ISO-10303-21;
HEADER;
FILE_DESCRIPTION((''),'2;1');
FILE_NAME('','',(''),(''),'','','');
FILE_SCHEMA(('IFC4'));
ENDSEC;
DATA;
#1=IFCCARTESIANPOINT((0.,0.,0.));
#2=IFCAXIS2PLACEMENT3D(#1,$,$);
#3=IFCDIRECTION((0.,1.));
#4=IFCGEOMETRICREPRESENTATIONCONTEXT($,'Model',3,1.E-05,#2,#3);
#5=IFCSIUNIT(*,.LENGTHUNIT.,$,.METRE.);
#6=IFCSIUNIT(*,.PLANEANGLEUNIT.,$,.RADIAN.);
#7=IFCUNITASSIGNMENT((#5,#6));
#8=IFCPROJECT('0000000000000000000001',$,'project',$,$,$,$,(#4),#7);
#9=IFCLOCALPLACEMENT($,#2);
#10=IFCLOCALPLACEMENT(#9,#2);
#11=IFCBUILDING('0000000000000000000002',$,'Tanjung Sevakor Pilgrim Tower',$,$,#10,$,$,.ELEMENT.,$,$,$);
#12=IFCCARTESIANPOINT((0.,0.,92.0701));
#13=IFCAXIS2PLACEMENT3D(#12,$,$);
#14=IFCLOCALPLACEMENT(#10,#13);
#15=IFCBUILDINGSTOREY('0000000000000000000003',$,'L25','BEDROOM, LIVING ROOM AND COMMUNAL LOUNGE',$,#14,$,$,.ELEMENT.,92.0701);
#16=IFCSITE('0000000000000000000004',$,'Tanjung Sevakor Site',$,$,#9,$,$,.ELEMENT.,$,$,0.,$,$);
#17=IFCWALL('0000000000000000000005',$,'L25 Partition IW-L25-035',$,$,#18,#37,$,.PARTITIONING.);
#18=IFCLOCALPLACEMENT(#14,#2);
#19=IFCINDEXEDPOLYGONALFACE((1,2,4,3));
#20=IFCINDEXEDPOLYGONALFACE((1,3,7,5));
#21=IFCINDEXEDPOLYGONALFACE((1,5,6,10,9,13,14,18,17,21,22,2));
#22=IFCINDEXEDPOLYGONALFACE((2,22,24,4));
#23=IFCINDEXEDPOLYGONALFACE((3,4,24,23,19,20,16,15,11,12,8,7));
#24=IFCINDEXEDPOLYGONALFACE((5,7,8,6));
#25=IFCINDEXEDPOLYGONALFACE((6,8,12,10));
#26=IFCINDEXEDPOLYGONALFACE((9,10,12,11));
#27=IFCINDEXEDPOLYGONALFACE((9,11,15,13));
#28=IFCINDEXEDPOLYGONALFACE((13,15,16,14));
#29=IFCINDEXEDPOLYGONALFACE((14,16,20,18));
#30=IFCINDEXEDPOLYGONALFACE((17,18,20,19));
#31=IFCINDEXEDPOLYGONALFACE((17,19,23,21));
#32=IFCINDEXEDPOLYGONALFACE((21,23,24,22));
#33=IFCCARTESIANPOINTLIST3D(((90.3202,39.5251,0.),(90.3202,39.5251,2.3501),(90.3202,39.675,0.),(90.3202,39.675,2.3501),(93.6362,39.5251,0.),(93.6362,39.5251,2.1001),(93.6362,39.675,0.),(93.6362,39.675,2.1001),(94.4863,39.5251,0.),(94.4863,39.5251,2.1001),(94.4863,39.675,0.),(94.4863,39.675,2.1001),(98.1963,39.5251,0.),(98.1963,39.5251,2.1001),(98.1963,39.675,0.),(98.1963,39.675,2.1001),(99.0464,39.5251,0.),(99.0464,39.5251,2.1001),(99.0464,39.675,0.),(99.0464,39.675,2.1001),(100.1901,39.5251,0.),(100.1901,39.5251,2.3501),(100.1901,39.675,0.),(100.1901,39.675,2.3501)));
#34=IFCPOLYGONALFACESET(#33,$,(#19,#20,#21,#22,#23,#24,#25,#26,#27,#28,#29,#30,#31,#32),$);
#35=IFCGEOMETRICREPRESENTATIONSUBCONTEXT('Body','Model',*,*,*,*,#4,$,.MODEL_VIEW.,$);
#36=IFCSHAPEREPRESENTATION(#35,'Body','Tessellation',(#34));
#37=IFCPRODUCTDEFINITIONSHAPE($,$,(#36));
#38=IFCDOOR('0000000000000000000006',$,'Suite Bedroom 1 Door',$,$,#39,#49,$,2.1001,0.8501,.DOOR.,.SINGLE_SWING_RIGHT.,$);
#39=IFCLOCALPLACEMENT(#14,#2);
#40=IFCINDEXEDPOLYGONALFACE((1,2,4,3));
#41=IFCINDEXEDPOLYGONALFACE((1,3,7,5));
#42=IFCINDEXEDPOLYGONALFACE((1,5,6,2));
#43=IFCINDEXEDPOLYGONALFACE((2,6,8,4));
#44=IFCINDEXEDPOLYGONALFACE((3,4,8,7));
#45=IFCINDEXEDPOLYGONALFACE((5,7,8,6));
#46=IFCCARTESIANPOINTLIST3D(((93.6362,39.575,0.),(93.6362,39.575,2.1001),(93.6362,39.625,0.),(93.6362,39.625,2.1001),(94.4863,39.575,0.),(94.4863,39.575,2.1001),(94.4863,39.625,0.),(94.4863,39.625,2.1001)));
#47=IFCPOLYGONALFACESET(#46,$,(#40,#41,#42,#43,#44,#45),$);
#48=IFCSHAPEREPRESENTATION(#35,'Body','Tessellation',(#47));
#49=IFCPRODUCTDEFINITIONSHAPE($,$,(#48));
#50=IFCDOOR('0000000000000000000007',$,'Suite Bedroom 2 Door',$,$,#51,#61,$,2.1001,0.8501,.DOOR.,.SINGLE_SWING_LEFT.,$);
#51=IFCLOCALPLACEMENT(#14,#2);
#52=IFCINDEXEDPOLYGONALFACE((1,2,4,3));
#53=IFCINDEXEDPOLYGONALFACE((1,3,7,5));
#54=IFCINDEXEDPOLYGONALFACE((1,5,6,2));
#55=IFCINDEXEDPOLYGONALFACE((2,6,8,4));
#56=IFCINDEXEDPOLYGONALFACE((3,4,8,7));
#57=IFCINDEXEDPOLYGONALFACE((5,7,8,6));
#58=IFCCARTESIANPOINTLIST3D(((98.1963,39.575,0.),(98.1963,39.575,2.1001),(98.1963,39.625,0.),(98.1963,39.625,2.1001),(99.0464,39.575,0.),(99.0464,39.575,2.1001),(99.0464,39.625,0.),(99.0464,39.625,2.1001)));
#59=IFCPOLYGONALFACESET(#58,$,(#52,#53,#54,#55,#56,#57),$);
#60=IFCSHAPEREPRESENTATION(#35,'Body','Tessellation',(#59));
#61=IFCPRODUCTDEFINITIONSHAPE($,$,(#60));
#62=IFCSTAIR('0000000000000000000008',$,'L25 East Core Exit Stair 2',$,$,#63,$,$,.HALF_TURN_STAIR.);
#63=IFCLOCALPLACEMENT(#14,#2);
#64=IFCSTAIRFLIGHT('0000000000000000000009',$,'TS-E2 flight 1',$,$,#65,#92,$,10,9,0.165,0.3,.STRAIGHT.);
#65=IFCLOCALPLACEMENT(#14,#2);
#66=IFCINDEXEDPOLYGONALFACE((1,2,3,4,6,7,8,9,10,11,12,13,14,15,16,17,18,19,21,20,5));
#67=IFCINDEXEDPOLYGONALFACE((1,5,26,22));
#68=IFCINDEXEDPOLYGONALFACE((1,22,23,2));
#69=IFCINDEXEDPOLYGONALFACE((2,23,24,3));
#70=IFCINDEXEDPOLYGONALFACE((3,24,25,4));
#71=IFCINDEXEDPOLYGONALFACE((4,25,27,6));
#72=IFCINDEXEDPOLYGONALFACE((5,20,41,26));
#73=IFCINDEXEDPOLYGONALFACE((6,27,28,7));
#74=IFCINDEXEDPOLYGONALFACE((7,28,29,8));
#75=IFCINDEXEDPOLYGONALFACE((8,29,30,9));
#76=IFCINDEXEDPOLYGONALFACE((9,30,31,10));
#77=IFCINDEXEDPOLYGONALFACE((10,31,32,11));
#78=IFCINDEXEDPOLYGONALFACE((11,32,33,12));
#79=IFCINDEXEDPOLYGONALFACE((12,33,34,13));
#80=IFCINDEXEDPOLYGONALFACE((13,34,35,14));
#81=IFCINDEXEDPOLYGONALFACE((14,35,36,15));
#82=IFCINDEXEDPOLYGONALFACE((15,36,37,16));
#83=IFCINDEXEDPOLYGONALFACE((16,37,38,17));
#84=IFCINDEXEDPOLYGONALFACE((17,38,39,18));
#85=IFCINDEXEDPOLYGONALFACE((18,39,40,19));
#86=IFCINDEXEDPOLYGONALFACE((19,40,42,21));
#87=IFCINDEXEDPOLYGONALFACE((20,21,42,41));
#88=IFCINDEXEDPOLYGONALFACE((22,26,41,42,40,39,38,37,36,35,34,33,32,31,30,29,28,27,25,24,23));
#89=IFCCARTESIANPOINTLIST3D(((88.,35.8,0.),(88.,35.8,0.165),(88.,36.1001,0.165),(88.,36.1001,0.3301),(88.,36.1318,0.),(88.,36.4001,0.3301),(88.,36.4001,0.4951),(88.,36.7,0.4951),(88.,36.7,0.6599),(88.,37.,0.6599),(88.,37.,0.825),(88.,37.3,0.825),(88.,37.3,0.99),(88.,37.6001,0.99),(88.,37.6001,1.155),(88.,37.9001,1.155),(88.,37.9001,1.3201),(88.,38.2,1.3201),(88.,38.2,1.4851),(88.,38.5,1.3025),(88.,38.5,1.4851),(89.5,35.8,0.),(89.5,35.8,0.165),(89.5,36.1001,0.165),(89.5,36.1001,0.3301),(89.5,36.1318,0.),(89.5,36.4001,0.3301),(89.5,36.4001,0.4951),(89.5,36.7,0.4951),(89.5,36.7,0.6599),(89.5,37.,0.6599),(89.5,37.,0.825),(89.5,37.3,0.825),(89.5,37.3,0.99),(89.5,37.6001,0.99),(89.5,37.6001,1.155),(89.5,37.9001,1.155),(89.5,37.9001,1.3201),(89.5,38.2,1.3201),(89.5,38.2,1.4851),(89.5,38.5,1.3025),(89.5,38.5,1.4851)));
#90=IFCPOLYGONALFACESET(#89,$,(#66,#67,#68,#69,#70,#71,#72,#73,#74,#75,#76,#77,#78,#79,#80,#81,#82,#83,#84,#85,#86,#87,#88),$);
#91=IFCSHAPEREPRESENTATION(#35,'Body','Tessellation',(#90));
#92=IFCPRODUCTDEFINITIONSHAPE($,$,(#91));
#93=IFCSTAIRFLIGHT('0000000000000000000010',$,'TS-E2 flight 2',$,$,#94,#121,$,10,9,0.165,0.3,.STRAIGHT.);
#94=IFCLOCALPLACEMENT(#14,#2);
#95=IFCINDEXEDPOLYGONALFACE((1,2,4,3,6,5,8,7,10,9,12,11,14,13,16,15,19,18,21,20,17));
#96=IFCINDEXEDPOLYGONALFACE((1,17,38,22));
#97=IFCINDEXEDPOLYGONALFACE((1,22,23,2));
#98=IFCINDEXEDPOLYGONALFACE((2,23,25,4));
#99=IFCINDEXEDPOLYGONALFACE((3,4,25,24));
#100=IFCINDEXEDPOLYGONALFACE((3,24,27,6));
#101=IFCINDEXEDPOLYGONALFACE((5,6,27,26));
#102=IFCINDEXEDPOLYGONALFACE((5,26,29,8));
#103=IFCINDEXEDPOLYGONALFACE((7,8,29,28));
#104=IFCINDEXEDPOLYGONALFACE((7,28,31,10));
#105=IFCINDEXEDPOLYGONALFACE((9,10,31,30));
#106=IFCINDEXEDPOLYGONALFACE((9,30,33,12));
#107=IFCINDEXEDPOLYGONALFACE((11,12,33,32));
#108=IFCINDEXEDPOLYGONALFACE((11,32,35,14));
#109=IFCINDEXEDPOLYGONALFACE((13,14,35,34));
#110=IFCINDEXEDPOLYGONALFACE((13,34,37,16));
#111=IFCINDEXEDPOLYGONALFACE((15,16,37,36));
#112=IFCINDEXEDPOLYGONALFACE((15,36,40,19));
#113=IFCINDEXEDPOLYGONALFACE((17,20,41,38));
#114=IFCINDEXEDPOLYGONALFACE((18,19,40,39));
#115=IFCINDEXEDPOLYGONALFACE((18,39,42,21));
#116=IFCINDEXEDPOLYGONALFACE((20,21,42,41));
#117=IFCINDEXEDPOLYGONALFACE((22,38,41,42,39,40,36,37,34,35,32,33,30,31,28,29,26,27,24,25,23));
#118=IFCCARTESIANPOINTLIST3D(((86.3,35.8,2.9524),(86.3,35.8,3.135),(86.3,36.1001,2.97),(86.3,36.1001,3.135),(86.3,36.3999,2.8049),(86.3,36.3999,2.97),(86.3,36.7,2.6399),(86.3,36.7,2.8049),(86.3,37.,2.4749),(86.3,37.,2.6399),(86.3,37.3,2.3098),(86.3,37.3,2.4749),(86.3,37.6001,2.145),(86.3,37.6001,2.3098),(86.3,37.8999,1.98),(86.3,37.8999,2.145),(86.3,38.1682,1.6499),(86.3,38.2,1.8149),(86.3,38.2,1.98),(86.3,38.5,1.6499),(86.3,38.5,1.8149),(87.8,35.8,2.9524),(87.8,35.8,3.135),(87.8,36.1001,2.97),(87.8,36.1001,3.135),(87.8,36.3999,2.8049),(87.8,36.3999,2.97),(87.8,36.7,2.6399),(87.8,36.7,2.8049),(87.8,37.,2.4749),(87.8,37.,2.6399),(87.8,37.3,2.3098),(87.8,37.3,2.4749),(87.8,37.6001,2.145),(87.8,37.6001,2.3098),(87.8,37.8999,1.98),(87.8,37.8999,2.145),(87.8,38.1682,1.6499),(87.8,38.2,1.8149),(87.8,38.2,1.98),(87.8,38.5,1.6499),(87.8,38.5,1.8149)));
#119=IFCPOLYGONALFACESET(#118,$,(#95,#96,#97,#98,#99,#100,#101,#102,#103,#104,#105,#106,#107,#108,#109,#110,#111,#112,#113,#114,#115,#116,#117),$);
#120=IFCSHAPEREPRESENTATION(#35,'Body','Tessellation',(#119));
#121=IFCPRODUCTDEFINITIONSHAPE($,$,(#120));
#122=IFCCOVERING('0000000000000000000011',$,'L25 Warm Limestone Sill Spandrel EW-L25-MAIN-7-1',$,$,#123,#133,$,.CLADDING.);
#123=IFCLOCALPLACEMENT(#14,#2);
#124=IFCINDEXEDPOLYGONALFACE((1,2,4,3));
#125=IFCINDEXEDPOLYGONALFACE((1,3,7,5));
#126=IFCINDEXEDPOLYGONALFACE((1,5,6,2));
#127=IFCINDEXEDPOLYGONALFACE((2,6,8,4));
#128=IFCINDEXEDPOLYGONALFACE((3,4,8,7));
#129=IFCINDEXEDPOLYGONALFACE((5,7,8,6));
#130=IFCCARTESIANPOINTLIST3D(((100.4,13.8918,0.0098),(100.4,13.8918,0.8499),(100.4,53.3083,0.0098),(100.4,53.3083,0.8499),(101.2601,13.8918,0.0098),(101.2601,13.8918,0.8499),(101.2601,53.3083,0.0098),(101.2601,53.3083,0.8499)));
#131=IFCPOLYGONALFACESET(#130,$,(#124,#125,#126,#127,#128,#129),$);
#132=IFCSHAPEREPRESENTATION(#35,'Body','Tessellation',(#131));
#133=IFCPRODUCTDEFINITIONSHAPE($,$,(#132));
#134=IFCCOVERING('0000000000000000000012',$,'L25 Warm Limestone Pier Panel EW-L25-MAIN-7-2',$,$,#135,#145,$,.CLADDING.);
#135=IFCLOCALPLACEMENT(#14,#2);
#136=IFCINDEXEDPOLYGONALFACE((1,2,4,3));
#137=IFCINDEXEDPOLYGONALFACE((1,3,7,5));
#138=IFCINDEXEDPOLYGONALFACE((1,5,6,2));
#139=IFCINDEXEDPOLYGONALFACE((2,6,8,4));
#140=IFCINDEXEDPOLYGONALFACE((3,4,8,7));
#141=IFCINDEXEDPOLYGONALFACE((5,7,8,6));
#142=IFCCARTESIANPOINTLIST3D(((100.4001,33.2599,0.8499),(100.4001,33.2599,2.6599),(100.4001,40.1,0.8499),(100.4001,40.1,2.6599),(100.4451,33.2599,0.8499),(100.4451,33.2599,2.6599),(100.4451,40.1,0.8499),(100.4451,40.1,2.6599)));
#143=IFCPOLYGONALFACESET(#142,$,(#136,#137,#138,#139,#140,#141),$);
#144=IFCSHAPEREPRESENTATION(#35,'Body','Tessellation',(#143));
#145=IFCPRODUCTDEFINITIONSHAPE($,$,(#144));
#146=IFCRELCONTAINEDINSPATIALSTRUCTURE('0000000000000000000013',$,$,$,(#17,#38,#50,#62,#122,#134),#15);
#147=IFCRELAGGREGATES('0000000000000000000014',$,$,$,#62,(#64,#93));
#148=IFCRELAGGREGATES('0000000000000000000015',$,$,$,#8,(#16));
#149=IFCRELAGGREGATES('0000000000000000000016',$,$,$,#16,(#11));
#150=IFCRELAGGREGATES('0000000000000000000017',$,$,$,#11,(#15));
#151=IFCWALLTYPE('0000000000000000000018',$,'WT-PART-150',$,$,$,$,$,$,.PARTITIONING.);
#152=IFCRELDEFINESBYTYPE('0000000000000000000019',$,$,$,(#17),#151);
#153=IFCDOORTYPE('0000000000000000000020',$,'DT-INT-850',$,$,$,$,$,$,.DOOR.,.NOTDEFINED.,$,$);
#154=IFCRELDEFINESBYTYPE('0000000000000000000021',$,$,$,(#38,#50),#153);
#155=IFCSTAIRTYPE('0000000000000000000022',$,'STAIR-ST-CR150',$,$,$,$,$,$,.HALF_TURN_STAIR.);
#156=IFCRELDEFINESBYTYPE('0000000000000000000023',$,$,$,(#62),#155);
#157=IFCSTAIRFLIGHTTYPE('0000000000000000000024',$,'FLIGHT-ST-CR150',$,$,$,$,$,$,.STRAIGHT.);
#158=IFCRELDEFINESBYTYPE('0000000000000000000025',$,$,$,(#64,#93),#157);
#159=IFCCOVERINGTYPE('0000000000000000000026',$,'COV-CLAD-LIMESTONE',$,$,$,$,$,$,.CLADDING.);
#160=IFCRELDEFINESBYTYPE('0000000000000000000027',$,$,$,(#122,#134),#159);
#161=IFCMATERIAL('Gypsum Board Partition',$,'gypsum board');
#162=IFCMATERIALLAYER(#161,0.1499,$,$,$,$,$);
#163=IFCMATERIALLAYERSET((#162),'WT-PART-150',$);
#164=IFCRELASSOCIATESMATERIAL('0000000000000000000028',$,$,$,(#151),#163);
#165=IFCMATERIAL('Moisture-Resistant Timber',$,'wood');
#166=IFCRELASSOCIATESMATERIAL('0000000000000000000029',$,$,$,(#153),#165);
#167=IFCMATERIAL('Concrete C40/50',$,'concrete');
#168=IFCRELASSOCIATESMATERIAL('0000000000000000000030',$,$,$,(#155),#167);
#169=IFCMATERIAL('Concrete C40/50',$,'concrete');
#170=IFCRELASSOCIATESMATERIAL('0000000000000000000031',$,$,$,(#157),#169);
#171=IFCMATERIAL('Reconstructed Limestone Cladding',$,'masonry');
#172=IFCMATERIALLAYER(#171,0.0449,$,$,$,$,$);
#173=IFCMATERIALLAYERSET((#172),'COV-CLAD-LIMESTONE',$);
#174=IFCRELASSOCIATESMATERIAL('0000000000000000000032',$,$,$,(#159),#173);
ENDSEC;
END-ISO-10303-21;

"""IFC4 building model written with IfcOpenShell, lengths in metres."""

from ifc_helpers import new_model, si_unit, direction, frame, frame_2d, origin, origin_2d, place, context, subcontext, project, spatial, polyline, rectangle, outline, extrude, material, layer, layer_set, type_object, element, fill, aggregate, save


model = new_model("IFC4")

# Units and contexts
model_context = context("Model", 3, precision=1e-05, world=origin(), true_north=direction((0.0, 1.0)))
body_context = subcontext(model_context, "Body", "Model", "MODEL_VIEW")
ifc_project = project(units=[si_unit("LENGTHUNIT", "METRE"), si_unit("PLANEANGLEUNIT", "RADIAN")], contexts=[model_context])

# Site, building, storey
site_placement = place(None, origin())
site = spatial("IfcSite", under=ifc_project, at=site_placement, Name="Tanjung Sevakor Site", CompositionType="ELEMENT", RefElevation=0.0)
building_placement = place(site_placement, origin())
building = spatial("IfcBuilding", under=site, at=building_placement, Name="Tanjung Sevakor Pilgrim Tower", CompositionType="ELEMENT")
storey_placement = place(building_placement, frame((0.0, 0.0, 92.0701)))
storey = spatial("IfcBuildingStorey", under=building, at=storey_placement, Name="L25", Description="BEDROOM, LIVING ROOM AND COMMUNAL LOUNGE", CompositionType="ELEMENT", Elevation=92.0701)

# Shared definitions
ifc_material_1 = material(Name="Gypsum Board Partition", Category="gypsum board")
ifc_layer_1 = layer(ifc_material_1, 0.1499)
ifc_layer_set_1 = layer_set([ifc_layer_1], Name="WT-PART-150")
wall_type_1 = type_object("IfcWallType", Name="WT-PART-150", PredefinedType="PARTITIONING", material=ifc_layer_set_1)

# Wall, openings, doors
wall_1_placement = place(storey_placement, frame((90.3201, 39.6001, 0.0), z_axis=(0.0, 0.0, 1.0), x_axis=(1.0, 0.0, 0.0)))
wall_1 = element("IfcWall", 1, at=wall_1_placement, inside=storey, type_object=wall_type_1, Name="L25 Partition IW-L25-035", PredefinedType="PARTITIONING", context=body_context, shape_type="SweptSolid", body=[
    extrude(rectangle(XDim=9.8699, YDim=0.1499, at=frame_2d((4.9351, 0.0))), origin(), (0.0, 0.0, 1.0), 2.3501),
])
opening_1_placement = place(wall_1_placement, frame((3.3162, 0.0, 0.0)))
opening_1 = element("IfcOpeningElement", 2, at=opening_1_placement, cuts=wall_1, PredefinedType="OPENING", context=body_context, shape_type="SweptSolid", body=[
    extrude(rectangle(XDim=0.8501, YDim=2.1001, at=frame_2d((0.425, 1.05))), frame((0.0, 0.085, 0.0), z_axis=(0.0, -1.0, 0.0), x_axis=(1.0, 0.0, 0.0)), (0.0, 0.0, 1.0), 0.1699),
])
opening_2_placement = place(wall_1_placement, frame((7.8762, 0.0, 0.0)))
opening_2 = element("IfcOpeningElement", 3, at=opening_2_placement, cuts=wall_1, PredefinedType="OPENING", context=body_context, shape_type="SweptSolid", body=[
    extrude(rectangle(XDim=0.8501, YDim=2.1001, at=frame_2d((0.425, 1.05))), frame((0.0, 0.085, 0.0), z_axis=(0.0, -1.0, 0.0), x_axis=(1.0, 0.0, 0.0)), (0.0, 0.0, 1.0), 0.1699),
])
ifc_material_2 = material(Name="Moisture-Resistant Timber", Category="wood")
door_type_1 = type_object("IfcDoorType", Name="DT-INT-850", OperationType="NOTDEFINED", PredefinedType="DOOR", material=ifc_material_2)
door_1_placement = place(opening_1_placement, origin())
door_1 = element("IfcDoor", 4, at=door_1_placement, inside=storey, type_object=door_type_1, Name="Suite Bedroom 1 Door", OperationType="SINGLE_SWING_RIGHT", OverallHeight=2.1001, OverallWidth=0.8501, PredefinedType="DOOR", context=body_context, shape_type="SweptSolid", body=[
    extrude(rectangle(XDim=0.8501, YDim=2.1001, at=frame_2d((0.425, 1.05))), frame((0.0, 0.0249, 0.0), z_axis=(0.0, -1.0, 0.0), x_axis=(1.0, 0.0, 0.0)), (0.0, 0.0, 1.0), 0.05),
])
fill(opening_1, door_1)
door_2_placement = place(opening_2_placement, origin())
door_2 = element("IfcDoor", 5, at=door_2_placement, inside=storey, type_object=door_type_1, Name="Suite Bedroom 2 Door", OperationType="SINGLE_SWING_LEFT", OverallHeight=2.1001, OverallWidth=0.8501, PredefinedType="DOOR", context=body_context, shape_type="SweptSolid", body=[
    extrude(rectangle(XDim=0.8501, YDim=2.1001, at=frame_2d((0.425, 1.05))), frame((0.0, 0.0249, 0.0), z_axis=(0.0, -1.0, 0.0), x_axis=(1.0, 0.0, 0.0)), (0.0, 0.0, 1.0), 0.05),
])
fill(opening_2, door_2)

# Stair, stair flights
ifc_material_3 = material(Name="Concrete C40/50", Category="concrete")
stair_type = type_object("IfcStairType", Name="STAIR-ST-CR150", PredefinedType="HALF_TURN_STAIR", material=ifc_material_3)
stair_placement = place(storey_placement, origin())
stair = element("IfcStair", 6, at=stair_placement, inside=storey, type_object=stair_type, Name="L25 East Core Exit Stair 2", PredefinedType="HALF_TURN_STAIR")
ifc_material_4 = material(Name="Concrete C40/50", Category="concrete")
stair_flight_type = type_object("IfcStairFlightType", Name="FLIGHT-ST-CR150", PredefinedType="STRAIGHT", material=ifc_material_4)
stair_flight_1_placement = place(storey_placement, frame((88.75, 35.8, 0.0), z_axis=(0.0, 0.0, 1.0), x_axis=(0.0, 1.0, 0.0)))
stair_flight_1 = element("IfcStairFlight", 7, at=stair_flight_1_placement, type_object=stair_flight_type, Name="TS-E2 flight 1", NumberOfRisers=10, NumberOfTreads=9, PredefinedType="STRAIGHT", RiserHeight=0.165, TreadLength=0.3, context=body_context, shape_type="SweptSolid", body=[
    extrude(outline(polyline([(0.0, 0.0), (0.0, 0.165), (0.3, 0.165), (0.3, 0.3301), (0.6001, 0.3301), (0.6001, 0.4951), (0.8999, 0.4951), (0.8999, 0.6599), (1.2, 0.6599), (1.2, 0.825), (1.5, 0.825), (1.5, 0.99), (1.8, 0.99), (1.8, 1.155), (2.1001, 1.155), (2.1001, 1.3201), (2.3999, 1.3201), (2.3999, 1.4851), (2.7, 1.4851), (2.7, 1.6499), (2.7, 1.3025), (0.3318, 0.0), (0.0, 0.0)])), frame((0.0, 0.75, 0.0), z_axis=(0.0, -1.0, 0.0), x_axis=(1.0, 0.0, 0.0)), (0.0, 0.0, 1.0), 1.5),
])
stair_flight_2_placement = place(storey_placement, frame((87.05, 38.5, 1.6499), z_axis=(0.0, 0.0, 1.0), x_axis=(0.0, -1.0, 0.0)))
stair_flight_2 = element("IfcStairFlight", 8, at=stair_flight_2_placement, type_object=stair_flight_type, Name="TS-E2 flight 2", NumberOfRisers=10, NumberOfTreads=9, PredefinedType="STRAIGHT", RiserHeight=0.165, TreadLength=0.3, context=body_context, shape_type="SweptSolid", body=[
    extrude(outline(polyline([(0.0, 0.0), (0.0, 0.165), (0.3, 0.165), (0.3, 0.3301), (0.6001, 0.3301), (0.6001, 0.4951), (0.8999, 0.4951), (0.8999, 0.6599), (1.2, 0.6599), (1.2, 0.825), (1.5, 0.825), (1.5, 0.99), (1.8, 0.99), (1.8, 1.155), (2.1001, 1.155), (2.1001, 1.3201), (2.3999, 1.3201), (2.3999, 1.4851), (2.7, 1.4851), (2.7, 1.6499), (2.7, 1.3025), (0.3318, 0.0), (0.0, 0.0)])), frame((0.0, 0.75, 0.0), z_axis=(0.0, -1.0, 0.0), x_axis=(1.0, 0.0, 0.0)), (0.0, 0.0, 1.0), 1.5),
])
aggregate(stair, [stair_flight_1, stair_flight_2])

# Coverings
ifc_material_5 = material(Name="Reconstructed Limestone Cladding", Category="masonry")
ifc_layer_2 = layer(ifc_material_5, 0.0449)
ifc_layer_set_2 = layer_set([ifc_layer_2], Name="COV-CLAD-LIMESTONE")
covering_type = type_object("IfcCoveringType", Name="COV-CLAD-LIMESTONE", PredefinedType="CLADDING", material=ifc_layer_set_2)
covering_1_placement = place(storey_placement, frame((100.8301, 33.6001, 0.0098), z_axis=(0.0, 0.0, 1.0), x_axis=(0.0, 1.0, 0.0)))
element("IfcCovering", 9, at=covering_1_placement, inside=storey, type_object=covering_type, Name="L25 Warm Limestone Sill Spandrel EW-L25-MAIN-7-1", PredefinedType="CLADDING", context=body_context, shape_type="SweptSolid", body=[
    extrude(rectangle(XDim=39.4165, YDim=0.8601, at=origin_2d()), origin(), (0.0, 0.0, 1.0), 0.8401),
])
covering_2_placement = place(storey_placement, frame((100.4226, 36.6799, 0.8499), z_axis=(0.0, 0.0, 1.0), x_axis=(0.0, 1.0, 0.0)))
element("IfcCovering", 10, at=covering_2_placement, inside=storey, type_object=covering_type, Name="L25 Warm Limestone Pier Panel EW-L25-MAIN-7-2", PredefinedType="CLADDING", context=body_context, shape_type="SweptSolid", body=[
    extrude(rectangle(XDim=6.8401, YDim=0.0449, at=origin_2d()), origin(), (0.0, 0.0, 1.0), 1.8101),
])

save(model, "model.ifc")
